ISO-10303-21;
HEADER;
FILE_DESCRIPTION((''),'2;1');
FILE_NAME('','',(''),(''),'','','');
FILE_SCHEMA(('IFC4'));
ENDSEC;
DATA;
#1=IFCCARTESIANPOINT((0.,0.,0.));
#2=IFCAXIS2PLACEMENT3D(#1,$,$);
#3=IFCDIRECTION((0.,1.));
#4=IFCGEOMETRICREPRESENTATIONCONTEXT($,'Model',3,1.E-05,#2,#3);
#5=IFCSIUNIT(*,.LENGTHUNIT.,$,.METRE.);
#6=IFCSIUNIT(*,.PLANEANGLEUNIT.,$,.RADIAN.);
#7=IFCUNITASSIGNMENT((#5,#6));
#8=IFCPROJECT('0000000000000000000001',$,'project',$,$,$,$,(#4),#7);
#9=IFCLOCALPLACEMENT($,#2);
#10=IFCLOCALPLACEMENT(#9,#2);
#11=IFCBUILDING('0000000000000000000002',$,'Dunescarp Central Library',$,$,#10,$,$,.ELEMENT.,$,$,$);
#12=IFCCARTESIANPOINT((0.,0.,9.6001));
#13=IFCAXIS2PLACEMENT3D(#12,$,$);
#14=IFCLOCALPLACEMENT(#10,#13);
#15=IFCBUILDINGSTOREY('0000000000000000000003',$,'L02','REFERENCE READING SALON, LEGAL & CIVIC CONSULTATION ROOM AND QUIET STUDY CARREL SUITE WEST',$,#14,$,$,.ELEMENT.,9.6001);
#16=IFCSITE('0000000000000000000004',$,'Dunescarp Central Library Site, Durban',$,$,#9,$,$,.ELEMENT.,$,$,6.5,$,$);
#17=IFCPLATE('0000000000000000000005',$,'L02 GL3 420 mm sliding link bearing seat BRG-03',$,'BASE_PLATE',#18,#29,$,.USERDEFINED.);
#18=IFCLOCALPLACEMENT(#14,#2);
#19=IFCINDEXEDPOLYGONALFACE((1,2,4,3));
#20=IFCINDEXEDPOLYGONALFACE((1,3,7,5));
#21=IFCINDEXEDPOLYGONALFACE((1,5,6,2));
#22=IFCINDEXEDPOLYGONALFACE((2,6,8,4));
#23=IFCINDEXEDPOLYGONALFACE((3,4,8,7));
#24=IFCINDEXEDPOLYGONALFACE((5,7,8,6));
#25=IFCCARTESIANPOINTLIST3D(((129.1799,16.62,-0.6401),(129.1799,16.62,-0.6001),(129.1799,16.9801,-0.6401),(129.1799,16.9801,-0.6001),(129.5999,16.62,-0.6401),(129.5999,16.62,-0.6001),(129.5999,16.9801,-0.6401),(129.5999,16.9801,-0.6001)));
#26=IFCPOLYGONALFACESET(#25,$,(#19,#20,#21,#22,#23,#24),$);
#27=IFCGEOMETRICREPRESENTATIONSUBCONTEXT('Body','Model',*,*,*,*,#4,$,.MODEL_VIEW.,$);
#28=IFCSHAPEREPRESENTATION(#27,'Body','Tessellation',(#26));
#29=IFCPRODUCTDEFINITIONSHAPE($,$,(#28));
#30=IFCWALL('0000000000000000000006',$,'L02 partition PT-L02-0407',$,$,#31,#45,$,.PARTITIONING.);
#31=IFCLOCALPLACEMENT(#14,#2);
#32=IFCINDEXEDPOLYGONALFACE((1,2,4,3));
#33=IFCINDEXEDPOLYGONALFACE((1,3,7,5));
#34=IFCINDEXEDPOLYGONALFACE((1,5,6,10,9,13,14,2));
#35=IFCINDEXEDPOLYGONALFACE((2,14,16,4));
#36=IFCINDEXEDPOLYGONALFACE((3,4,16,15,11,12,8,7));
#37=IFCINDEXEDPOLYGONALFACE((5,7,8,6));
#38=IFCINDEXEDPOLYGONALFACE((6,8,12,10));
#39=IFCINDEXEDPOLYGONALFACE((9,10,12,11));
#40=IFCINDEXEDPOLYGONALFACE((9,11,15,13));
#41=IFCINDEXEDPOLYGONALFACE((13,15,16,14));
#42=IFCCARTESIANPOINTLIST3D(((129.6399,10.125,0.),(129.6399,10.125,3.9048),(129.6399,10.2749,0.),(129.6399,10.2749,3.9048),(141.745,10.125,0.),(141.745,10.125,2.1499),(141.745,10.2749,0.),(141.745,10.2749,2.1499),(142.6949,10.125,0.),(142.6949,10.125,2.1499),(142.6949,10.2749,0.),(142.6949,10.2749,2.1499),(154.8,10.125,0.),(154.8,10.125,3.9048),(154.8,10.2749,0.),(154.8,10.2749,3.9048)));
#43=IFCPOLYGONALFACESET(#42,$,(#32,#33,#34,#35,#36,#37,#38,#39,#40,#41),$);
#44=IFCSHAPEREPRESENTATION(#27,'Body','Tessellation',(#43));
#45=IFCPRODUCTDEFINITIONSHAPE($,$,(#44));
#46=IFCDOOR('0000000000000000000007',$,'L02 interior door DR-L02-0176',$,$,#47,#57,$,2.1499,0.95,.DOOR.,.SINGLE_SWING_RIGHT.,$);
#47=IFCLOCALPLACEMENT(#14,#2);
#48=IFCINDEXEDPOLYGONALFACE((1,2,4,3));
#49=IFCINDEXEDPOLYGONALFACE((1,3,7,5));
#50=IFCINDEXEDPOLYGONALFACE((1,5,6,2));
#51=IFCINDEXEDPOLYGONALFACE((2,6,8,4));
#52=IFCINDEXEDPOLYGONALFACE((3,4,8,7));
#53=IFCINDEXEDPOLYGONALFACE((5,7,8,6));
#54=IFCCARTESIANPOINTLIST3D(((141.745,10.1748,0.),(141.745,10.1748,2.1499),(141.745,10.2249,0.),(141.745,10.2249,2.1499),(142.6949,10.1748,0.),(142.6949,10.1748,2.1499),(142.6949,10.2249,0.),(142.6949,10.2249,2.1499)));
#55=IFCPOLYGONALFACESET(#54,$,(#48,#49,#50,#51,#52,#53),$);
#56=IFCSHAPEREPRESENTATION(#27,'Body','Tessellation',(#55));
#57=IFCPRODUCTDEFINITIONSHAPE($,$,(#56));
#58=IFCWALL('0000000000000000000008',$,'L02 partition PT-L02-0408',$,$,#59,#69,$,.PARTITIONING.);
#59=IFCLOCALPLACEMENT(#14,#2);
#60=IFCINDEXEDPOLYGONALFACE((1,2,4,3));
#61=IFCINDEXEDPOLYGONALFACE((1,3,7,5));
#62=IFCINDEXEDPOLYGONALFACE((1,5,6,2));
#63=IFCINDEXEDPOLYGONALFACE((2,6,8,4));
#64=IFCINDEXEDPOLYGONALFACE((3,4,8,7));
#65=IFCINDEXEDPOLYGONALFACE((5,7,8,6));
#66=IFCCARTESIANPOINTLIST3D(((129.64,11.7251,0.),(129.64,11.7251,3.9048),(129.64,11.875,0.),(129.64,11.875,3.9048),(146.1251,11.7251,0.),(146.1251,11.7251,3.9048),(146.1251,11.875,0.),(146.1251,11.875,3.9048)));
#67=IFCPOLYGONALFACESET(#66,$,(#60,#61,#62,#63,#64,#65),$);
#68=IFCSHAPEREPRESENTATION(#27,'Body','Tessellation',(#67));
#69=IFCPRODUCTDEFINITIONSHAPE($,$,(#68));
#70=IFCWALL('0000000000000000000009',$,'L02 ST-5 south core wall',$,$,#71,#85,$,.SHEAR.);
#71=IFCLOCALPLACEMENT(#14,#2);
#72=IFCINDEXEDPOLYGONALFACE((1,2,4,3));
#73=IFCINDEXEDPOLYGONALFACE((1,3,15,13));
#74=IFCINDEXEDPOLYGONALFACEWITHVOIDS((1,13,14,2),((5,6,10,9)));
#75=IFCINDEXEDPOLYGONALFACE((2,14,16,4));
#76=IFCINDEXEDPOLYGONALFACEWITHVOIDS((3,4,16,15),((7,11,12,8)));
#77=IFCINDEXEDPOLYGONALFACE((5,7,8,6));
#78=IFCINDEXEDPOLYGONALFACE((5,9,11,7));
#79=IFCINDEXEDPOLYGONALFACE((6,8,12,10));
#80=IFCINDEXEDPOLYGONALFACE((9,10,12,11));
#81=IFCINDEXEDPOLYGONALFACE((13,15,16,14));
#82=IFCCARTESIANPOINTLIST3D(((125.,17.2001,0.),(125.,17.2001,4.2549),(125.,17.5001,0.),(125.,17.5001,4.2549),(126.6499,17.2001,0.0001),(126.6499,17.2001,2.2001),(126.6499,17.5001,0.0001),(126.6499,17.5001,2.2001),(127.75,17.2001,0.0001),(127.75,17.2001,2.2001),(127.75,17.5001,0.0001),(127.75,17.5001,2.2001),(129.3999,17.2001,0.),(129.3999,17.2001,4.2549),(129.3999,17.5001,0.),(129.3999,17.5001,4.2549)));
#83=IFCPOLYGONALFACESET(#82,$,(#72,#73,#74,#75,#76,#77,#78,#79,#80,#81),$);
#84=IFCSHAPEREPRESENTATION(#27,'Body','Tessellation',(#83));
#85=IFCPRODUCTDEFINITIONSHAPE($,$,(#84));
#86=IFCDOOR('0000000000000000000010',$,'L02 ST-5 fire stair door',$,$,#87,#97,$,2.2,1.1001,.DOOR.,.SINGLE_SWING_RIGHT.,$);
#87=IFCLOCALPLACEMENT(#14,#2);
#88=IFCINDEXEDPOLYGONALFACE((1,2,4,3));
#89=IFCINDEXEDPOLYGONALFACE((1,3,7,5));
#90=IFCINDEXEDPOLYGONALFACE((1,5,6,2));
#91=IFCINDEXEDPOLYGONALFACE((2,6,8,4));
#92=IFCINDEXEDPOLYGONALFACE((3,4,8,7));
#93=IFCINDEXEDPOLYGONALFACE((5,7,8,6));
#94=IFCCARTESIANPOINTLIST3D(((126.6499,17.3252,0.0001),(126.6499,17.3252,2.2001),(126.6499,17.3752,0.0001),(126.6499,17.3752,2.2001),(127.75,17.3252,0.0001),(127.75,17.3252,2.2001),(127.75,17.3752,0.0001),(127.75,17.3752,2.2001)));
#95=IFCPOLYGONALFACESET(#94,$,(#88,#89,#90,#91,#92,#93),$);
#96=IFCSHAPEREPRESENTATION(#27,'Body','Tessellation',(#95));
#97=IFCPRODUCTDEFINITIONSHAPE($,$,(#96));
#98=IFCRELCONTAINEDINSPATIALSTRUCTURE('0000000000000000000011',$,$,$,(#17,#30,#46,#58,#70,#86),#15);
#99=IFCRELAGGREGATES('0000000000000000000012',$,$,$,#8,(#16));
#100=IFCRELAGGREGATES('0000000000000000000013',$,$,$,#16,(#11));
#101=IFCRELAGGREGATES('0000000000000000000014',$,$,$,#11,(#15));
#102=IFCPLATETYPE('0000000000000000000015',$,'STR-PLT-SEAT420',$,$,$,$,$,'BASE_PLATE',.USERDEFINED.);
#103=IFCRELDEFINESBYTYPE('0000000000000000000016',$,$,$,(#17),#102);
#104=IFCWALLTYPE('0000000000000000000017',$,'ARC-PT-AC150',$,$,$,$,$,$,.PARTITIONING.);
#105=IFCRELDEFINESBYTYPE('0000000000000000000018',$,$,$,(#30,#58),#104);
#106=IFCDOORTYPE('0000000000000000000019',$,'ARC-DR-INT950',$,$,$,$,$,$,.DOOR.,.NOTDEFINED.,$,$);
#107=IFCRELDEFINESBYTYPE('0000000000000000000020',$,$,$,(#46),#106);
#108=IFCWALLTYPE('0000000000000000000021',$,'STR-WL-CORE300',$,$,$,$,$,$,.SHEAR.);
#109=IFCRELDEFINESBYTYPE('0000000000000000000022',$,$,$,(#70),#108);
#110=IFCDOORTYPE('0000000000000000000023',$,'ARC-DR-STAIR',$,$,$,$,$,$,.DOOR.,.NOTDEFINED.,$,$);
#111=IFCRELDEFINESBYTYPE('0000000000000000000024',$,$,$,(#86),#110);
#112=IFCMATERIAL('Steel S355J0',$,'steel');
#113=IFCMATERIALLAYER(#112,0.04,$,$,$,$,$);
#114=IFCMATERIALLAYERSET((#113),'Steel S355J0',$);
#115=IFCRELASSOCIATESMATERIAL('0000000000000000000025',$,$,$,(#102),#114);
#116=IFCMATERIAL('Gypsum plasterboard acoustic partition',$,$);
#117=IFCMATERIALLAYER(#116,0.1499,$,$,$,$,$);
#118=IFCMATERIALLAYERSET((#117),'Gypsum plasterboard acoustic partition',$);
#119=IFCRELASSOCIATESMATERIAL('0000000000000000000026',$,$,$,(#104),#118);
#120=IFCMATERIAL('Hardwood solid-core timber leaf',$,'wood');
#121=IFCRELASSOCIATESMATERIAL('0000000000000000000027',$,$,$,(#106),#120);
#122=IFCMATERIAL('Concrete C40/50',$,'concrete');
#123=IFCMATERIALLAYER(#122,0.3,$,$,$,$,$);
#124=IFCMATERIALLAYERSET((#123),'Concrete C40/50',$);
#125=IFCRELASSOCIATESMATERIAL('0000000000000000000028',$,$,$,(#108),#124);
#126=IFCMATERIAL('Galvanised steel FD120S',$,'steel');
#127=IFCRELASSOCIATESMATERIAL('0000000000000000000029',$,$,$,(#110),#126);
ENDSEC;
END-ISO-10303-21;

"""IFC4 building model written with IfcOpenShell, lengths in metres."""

from ifc_helpers import new_model, si_unit, direction, frame, frame_2d, origin, origin_2d, place, context, subcontext, project, spatial, rectangle, extrude, material, layer, layer_set, type_object, element, fill, save


model = new_model("IFC4")

# Units and contexts
model_context = context("Model", 3, precision=1e-05, world=origin(), true_north=direction((0.0, 1.0)))
body_context = subcontext(model_context, "Body", "Model", "MODEL_VIEW")
ifc_project = project(units=[si_unit("LENGTHUNIT", "METRE"), si_unit("PLANEANGLEUNIT", "RADIAN")], contexts=[model_context])

# Site, building, storey
site_placement = place(None, origin())
site = spatial("IfcSite", under=ifc_project, at=site_placement, Name="Dunescarp Central Library Site, Durban", CompositionType="ELEMENT", RefElevation=6.5)
building_placement = place(site_placement, origin())
building = spatial("IfcBuilding", under=site, at=building_placement, Name="Dunescarp Central Library", CompositionType="ELEMENT")
storey_placement = place(building_placement, frame((0.0, 0.0, 9.6001)))
storey = spatial("IfcBuildingStorey", under=building, at=storey_placement, Name="L02", Description="REFERENCE READING SALON, LEGAL & CIVIC CONSULTATION ROOM AND QUIET STUDY CARREL SUITE WEST", CompositionType="ELEMENT", Elevation=9.6001)

# Plate
ifc_material_1 = material(Name="Steel S355J0", Category="steel")
ifc_layer_1 = layer(ifc_material_1, 0.04)
ifc_layer_set_1 = layer_set([ifc_layer_1], Name="Steel S355J0")
plate_type_1 = type_object("IfcPlateType", Name="STR-PLT-SEAT420", ElementType="BASE_PLATE", PredefinedType="USERDEFINED", material=ifc_layer_set_1)
for number, where, z_axis, x_axis, name in (
    (1, (129.3899, 16.8, -0.6401), (0.0, 0.0, 1.0), (1.0, 0.0, 0.0), "L02 GL3 420 mm sliding link bearing seat BRG-03"),
):
    element("IfcPlate", number, at=place(storey_placement, frame(where, z_axis=z_axis, x_axis=x_axis)), inside=storey, type_object=plate_type_1, Name=name, ObjectType="BASE_PLATE", PredefinedType="USERDEFINED", context=body_context, shape_type="SweptSolid", body=[
        extrude(rectangle(XDim=0.4199, YDim=0.3601, at=origin_2d()), origin(), (0.0, 0.0, 1.0), 0.04),
    ])

# Wall, opening, door
ifc_material_2 = material(Name="Gypsum plasterboard acoustic partition")
ifc_layer_2 = layer(ifc_material_2, 0.1499)
ifc_layer_set_2 = layer_set([ifc_layer_2], Name="Gypsum plasterboard acoustic partition")
wall_type_1 = type_object("IfcWallType", Name="ARC-PT-AC150", PredefinedType="PARTITIONING", material=ifc_layer_set_2)
wall_1_placement = place(storey_placement, frame((129.6399, 10.2, 0.0), z_axis=(0.0, 0.0, 1.0), x_axis=(1.0, 0.0, 0.0)))
wall_1 = element("IfcWall", 2, at=wall_1_placement, inside=storey, type_object=wall_type_1, Name="L02 partition PT-L02-0407", PredefinedType="PARTITIONING", context=body_context, shape_type="SweptSolid", body=[
    extrude(rectangle(XDim=25.1602, YDim=0.1499, at=frame_2d((12.5801, 0.0))), origin(), (0.0, 0.0, 1.0), 3.9048),
])
opening_1_placement = place(wall_1_placement, frame((12.105, 0.0, 0.0)))
opening_1 = element("IfcOpeningElement", 3, at=opening_1_placement, cuts=wall_1, PredefinedType="OPENING", context=body_context, shape_type="SweptSolid", body=[
    extrude(rectangle(XDim=0.95, YDim=2.1499, at=frame_2d((0.4751, 1.075))), frame((0.0, 0.085, 0.0), z_axis=(0.0, -1.0, 0.0), x_axis=(1.0, 0.0, 0.0)), (0.0, 0.0, 1.0), 0.1699),
])
ifc_material_3 = material(Name="Hardwood solid-core timber leaf", Category="wood")
door_type_1 = type_object("IfcDoorType", Name="ARC-DR-INT950", OperationType="NOTDEFINED", PredefinedType="DOOR", material=ifc_material_3)
door_1_placement = place(opening_1_placement, origin())
door_1 = element("IfcDoor", 4, at=door_1_placement, inside=storey, type_object=door_type_1, Name="L02 interior door DR-L02-0176", OperationType="SINGLE_SWING_RIGHT", OverallHeight=2.1499, OverallWidth=0.95, PredefinedType="DOOR", context=body_context, shape_type="SweptSolid", body=[
    extrude(rectangle(XDim=0.95, YDim=2.1499, at=frame_2d((0.4751, 1.075))), frame((0.0, 0.0249, 0.0), z_axis=(0.0, -1.0, 0.0), x_axis=(1.0, 0.0, 0.0)), (0.0, 0.0, 1.0), 0.05),
])
fill(opening_1, door_1)

# Wall
wall_2_placement = place(storey_placement, frame((129.6399, 11.8, 0.0), z_axis=(0.0, 0.0, 1.0), x_axis=(1.0, 0.0, 0.0)))
element("IfcWall", 5, at=wall_2_placement, inside=storey, type_object=wall_type_1, Name="L02 partition PT-L02-0408", PredefinedType="PARTITIONING", context=body_context, shape_type="SweptSolid", body=[
    extrude(rectangle(XDim=16.4851, YDim=0.1499, at=frame_2d((8.2427, 0.0))), origin(), (0.0, 0.0, 1.0), 3.9048),
])

# Wall, opening, door
ifc_material_4 = material(Name="Concrete C40/50", Category="concrete")
ifc_layer_3 = layer(ifc_material_4, 0.3)
ifc_layer_set_3 = layer_set([ifc_layer_3], Name="Concrete C40/50")
wall_type_2 = type_object("IfcWallType", Name="STR-WL-CORE300", PredefinedType="SHEAR", material=ifc_layer_set_3)
wall_3_placement = place(storey_placement, frame((129.3999, 17.3501, 0.0), z_axis=(0.0, 0.0, 1.0), x_axis=(-1.0, 0.0, 0.0)))
wall_3 = element("IfcWall", 6, at=wall_3_placement, inside=storey, type_object=wall_type_2, Name="L02 ST-5 south core wall", PredefinedType="SHEAR", context=body_context, shape_type="SweptSolid", body=[
    extrude(rectangle(XDim=4.3999, YDim=0.3, at=frame_2d((2.2, 0.0))), origin(), (0.0, 0.0, 1.0), 4.2549),
])
opening_2_placement = place(wall_3_placement, frame((1.6499, 0.0, 0.0)))
opening_2 = element("IfcOpeningElement", 7, at=opening_2_placement, cuts=wall_3, PredefinedType="OPENING", context=body_context, shape_type="SweptSolid", body=[
    extrude(rectangle(XDim=1.1001, YDim=2.2, at=frame_2d((0.55, 1.1001))), frame((0.0, 0.1602, 0.0), z_axis=(0.0, -1.0, 0.0), x_axis=(1.0, 0.0, 0.0)), (0.0, 0.0, 1.0), 0.3201),
])
ifc_material_5 = material(Name="Galvanised steel FD120S", Category="steel")
door_type_2 = type_object("IfcDoorType", Name="ARC-DR-STAIR", OperationType="NOTDEFINED", PredefinedType="DOOR", material=ifc_material_5)
door_2_placement = place(opening_2_placement, origin())
door_2 = element("IfcDoor", 8, at=door_2_placement, inside=storey, type_object=door_type_2, Name="L02 ST-5 fire stair door", OperationType="SINGLE_SWING_RIGHT", OverallHeight=2.2, OverallWidth=1.1001, PredefinedType="DOOR", context=body_context, shape_type="SweptSolid", body=[
    extrude(rectangle(XDim=1.1001, YDim=2.2, at=frame_2d((0.55, 1.1001))), frame((0.0, 0.0249, 0.0), z_axis=(0.0, -1.0, 0.0), x_axis=(1.0, 0.0, 0.0)), (0.0, 0.0, 1.0), 0.05),
])
fill(opening_2, door_2)

save(model, "model.ifc")
